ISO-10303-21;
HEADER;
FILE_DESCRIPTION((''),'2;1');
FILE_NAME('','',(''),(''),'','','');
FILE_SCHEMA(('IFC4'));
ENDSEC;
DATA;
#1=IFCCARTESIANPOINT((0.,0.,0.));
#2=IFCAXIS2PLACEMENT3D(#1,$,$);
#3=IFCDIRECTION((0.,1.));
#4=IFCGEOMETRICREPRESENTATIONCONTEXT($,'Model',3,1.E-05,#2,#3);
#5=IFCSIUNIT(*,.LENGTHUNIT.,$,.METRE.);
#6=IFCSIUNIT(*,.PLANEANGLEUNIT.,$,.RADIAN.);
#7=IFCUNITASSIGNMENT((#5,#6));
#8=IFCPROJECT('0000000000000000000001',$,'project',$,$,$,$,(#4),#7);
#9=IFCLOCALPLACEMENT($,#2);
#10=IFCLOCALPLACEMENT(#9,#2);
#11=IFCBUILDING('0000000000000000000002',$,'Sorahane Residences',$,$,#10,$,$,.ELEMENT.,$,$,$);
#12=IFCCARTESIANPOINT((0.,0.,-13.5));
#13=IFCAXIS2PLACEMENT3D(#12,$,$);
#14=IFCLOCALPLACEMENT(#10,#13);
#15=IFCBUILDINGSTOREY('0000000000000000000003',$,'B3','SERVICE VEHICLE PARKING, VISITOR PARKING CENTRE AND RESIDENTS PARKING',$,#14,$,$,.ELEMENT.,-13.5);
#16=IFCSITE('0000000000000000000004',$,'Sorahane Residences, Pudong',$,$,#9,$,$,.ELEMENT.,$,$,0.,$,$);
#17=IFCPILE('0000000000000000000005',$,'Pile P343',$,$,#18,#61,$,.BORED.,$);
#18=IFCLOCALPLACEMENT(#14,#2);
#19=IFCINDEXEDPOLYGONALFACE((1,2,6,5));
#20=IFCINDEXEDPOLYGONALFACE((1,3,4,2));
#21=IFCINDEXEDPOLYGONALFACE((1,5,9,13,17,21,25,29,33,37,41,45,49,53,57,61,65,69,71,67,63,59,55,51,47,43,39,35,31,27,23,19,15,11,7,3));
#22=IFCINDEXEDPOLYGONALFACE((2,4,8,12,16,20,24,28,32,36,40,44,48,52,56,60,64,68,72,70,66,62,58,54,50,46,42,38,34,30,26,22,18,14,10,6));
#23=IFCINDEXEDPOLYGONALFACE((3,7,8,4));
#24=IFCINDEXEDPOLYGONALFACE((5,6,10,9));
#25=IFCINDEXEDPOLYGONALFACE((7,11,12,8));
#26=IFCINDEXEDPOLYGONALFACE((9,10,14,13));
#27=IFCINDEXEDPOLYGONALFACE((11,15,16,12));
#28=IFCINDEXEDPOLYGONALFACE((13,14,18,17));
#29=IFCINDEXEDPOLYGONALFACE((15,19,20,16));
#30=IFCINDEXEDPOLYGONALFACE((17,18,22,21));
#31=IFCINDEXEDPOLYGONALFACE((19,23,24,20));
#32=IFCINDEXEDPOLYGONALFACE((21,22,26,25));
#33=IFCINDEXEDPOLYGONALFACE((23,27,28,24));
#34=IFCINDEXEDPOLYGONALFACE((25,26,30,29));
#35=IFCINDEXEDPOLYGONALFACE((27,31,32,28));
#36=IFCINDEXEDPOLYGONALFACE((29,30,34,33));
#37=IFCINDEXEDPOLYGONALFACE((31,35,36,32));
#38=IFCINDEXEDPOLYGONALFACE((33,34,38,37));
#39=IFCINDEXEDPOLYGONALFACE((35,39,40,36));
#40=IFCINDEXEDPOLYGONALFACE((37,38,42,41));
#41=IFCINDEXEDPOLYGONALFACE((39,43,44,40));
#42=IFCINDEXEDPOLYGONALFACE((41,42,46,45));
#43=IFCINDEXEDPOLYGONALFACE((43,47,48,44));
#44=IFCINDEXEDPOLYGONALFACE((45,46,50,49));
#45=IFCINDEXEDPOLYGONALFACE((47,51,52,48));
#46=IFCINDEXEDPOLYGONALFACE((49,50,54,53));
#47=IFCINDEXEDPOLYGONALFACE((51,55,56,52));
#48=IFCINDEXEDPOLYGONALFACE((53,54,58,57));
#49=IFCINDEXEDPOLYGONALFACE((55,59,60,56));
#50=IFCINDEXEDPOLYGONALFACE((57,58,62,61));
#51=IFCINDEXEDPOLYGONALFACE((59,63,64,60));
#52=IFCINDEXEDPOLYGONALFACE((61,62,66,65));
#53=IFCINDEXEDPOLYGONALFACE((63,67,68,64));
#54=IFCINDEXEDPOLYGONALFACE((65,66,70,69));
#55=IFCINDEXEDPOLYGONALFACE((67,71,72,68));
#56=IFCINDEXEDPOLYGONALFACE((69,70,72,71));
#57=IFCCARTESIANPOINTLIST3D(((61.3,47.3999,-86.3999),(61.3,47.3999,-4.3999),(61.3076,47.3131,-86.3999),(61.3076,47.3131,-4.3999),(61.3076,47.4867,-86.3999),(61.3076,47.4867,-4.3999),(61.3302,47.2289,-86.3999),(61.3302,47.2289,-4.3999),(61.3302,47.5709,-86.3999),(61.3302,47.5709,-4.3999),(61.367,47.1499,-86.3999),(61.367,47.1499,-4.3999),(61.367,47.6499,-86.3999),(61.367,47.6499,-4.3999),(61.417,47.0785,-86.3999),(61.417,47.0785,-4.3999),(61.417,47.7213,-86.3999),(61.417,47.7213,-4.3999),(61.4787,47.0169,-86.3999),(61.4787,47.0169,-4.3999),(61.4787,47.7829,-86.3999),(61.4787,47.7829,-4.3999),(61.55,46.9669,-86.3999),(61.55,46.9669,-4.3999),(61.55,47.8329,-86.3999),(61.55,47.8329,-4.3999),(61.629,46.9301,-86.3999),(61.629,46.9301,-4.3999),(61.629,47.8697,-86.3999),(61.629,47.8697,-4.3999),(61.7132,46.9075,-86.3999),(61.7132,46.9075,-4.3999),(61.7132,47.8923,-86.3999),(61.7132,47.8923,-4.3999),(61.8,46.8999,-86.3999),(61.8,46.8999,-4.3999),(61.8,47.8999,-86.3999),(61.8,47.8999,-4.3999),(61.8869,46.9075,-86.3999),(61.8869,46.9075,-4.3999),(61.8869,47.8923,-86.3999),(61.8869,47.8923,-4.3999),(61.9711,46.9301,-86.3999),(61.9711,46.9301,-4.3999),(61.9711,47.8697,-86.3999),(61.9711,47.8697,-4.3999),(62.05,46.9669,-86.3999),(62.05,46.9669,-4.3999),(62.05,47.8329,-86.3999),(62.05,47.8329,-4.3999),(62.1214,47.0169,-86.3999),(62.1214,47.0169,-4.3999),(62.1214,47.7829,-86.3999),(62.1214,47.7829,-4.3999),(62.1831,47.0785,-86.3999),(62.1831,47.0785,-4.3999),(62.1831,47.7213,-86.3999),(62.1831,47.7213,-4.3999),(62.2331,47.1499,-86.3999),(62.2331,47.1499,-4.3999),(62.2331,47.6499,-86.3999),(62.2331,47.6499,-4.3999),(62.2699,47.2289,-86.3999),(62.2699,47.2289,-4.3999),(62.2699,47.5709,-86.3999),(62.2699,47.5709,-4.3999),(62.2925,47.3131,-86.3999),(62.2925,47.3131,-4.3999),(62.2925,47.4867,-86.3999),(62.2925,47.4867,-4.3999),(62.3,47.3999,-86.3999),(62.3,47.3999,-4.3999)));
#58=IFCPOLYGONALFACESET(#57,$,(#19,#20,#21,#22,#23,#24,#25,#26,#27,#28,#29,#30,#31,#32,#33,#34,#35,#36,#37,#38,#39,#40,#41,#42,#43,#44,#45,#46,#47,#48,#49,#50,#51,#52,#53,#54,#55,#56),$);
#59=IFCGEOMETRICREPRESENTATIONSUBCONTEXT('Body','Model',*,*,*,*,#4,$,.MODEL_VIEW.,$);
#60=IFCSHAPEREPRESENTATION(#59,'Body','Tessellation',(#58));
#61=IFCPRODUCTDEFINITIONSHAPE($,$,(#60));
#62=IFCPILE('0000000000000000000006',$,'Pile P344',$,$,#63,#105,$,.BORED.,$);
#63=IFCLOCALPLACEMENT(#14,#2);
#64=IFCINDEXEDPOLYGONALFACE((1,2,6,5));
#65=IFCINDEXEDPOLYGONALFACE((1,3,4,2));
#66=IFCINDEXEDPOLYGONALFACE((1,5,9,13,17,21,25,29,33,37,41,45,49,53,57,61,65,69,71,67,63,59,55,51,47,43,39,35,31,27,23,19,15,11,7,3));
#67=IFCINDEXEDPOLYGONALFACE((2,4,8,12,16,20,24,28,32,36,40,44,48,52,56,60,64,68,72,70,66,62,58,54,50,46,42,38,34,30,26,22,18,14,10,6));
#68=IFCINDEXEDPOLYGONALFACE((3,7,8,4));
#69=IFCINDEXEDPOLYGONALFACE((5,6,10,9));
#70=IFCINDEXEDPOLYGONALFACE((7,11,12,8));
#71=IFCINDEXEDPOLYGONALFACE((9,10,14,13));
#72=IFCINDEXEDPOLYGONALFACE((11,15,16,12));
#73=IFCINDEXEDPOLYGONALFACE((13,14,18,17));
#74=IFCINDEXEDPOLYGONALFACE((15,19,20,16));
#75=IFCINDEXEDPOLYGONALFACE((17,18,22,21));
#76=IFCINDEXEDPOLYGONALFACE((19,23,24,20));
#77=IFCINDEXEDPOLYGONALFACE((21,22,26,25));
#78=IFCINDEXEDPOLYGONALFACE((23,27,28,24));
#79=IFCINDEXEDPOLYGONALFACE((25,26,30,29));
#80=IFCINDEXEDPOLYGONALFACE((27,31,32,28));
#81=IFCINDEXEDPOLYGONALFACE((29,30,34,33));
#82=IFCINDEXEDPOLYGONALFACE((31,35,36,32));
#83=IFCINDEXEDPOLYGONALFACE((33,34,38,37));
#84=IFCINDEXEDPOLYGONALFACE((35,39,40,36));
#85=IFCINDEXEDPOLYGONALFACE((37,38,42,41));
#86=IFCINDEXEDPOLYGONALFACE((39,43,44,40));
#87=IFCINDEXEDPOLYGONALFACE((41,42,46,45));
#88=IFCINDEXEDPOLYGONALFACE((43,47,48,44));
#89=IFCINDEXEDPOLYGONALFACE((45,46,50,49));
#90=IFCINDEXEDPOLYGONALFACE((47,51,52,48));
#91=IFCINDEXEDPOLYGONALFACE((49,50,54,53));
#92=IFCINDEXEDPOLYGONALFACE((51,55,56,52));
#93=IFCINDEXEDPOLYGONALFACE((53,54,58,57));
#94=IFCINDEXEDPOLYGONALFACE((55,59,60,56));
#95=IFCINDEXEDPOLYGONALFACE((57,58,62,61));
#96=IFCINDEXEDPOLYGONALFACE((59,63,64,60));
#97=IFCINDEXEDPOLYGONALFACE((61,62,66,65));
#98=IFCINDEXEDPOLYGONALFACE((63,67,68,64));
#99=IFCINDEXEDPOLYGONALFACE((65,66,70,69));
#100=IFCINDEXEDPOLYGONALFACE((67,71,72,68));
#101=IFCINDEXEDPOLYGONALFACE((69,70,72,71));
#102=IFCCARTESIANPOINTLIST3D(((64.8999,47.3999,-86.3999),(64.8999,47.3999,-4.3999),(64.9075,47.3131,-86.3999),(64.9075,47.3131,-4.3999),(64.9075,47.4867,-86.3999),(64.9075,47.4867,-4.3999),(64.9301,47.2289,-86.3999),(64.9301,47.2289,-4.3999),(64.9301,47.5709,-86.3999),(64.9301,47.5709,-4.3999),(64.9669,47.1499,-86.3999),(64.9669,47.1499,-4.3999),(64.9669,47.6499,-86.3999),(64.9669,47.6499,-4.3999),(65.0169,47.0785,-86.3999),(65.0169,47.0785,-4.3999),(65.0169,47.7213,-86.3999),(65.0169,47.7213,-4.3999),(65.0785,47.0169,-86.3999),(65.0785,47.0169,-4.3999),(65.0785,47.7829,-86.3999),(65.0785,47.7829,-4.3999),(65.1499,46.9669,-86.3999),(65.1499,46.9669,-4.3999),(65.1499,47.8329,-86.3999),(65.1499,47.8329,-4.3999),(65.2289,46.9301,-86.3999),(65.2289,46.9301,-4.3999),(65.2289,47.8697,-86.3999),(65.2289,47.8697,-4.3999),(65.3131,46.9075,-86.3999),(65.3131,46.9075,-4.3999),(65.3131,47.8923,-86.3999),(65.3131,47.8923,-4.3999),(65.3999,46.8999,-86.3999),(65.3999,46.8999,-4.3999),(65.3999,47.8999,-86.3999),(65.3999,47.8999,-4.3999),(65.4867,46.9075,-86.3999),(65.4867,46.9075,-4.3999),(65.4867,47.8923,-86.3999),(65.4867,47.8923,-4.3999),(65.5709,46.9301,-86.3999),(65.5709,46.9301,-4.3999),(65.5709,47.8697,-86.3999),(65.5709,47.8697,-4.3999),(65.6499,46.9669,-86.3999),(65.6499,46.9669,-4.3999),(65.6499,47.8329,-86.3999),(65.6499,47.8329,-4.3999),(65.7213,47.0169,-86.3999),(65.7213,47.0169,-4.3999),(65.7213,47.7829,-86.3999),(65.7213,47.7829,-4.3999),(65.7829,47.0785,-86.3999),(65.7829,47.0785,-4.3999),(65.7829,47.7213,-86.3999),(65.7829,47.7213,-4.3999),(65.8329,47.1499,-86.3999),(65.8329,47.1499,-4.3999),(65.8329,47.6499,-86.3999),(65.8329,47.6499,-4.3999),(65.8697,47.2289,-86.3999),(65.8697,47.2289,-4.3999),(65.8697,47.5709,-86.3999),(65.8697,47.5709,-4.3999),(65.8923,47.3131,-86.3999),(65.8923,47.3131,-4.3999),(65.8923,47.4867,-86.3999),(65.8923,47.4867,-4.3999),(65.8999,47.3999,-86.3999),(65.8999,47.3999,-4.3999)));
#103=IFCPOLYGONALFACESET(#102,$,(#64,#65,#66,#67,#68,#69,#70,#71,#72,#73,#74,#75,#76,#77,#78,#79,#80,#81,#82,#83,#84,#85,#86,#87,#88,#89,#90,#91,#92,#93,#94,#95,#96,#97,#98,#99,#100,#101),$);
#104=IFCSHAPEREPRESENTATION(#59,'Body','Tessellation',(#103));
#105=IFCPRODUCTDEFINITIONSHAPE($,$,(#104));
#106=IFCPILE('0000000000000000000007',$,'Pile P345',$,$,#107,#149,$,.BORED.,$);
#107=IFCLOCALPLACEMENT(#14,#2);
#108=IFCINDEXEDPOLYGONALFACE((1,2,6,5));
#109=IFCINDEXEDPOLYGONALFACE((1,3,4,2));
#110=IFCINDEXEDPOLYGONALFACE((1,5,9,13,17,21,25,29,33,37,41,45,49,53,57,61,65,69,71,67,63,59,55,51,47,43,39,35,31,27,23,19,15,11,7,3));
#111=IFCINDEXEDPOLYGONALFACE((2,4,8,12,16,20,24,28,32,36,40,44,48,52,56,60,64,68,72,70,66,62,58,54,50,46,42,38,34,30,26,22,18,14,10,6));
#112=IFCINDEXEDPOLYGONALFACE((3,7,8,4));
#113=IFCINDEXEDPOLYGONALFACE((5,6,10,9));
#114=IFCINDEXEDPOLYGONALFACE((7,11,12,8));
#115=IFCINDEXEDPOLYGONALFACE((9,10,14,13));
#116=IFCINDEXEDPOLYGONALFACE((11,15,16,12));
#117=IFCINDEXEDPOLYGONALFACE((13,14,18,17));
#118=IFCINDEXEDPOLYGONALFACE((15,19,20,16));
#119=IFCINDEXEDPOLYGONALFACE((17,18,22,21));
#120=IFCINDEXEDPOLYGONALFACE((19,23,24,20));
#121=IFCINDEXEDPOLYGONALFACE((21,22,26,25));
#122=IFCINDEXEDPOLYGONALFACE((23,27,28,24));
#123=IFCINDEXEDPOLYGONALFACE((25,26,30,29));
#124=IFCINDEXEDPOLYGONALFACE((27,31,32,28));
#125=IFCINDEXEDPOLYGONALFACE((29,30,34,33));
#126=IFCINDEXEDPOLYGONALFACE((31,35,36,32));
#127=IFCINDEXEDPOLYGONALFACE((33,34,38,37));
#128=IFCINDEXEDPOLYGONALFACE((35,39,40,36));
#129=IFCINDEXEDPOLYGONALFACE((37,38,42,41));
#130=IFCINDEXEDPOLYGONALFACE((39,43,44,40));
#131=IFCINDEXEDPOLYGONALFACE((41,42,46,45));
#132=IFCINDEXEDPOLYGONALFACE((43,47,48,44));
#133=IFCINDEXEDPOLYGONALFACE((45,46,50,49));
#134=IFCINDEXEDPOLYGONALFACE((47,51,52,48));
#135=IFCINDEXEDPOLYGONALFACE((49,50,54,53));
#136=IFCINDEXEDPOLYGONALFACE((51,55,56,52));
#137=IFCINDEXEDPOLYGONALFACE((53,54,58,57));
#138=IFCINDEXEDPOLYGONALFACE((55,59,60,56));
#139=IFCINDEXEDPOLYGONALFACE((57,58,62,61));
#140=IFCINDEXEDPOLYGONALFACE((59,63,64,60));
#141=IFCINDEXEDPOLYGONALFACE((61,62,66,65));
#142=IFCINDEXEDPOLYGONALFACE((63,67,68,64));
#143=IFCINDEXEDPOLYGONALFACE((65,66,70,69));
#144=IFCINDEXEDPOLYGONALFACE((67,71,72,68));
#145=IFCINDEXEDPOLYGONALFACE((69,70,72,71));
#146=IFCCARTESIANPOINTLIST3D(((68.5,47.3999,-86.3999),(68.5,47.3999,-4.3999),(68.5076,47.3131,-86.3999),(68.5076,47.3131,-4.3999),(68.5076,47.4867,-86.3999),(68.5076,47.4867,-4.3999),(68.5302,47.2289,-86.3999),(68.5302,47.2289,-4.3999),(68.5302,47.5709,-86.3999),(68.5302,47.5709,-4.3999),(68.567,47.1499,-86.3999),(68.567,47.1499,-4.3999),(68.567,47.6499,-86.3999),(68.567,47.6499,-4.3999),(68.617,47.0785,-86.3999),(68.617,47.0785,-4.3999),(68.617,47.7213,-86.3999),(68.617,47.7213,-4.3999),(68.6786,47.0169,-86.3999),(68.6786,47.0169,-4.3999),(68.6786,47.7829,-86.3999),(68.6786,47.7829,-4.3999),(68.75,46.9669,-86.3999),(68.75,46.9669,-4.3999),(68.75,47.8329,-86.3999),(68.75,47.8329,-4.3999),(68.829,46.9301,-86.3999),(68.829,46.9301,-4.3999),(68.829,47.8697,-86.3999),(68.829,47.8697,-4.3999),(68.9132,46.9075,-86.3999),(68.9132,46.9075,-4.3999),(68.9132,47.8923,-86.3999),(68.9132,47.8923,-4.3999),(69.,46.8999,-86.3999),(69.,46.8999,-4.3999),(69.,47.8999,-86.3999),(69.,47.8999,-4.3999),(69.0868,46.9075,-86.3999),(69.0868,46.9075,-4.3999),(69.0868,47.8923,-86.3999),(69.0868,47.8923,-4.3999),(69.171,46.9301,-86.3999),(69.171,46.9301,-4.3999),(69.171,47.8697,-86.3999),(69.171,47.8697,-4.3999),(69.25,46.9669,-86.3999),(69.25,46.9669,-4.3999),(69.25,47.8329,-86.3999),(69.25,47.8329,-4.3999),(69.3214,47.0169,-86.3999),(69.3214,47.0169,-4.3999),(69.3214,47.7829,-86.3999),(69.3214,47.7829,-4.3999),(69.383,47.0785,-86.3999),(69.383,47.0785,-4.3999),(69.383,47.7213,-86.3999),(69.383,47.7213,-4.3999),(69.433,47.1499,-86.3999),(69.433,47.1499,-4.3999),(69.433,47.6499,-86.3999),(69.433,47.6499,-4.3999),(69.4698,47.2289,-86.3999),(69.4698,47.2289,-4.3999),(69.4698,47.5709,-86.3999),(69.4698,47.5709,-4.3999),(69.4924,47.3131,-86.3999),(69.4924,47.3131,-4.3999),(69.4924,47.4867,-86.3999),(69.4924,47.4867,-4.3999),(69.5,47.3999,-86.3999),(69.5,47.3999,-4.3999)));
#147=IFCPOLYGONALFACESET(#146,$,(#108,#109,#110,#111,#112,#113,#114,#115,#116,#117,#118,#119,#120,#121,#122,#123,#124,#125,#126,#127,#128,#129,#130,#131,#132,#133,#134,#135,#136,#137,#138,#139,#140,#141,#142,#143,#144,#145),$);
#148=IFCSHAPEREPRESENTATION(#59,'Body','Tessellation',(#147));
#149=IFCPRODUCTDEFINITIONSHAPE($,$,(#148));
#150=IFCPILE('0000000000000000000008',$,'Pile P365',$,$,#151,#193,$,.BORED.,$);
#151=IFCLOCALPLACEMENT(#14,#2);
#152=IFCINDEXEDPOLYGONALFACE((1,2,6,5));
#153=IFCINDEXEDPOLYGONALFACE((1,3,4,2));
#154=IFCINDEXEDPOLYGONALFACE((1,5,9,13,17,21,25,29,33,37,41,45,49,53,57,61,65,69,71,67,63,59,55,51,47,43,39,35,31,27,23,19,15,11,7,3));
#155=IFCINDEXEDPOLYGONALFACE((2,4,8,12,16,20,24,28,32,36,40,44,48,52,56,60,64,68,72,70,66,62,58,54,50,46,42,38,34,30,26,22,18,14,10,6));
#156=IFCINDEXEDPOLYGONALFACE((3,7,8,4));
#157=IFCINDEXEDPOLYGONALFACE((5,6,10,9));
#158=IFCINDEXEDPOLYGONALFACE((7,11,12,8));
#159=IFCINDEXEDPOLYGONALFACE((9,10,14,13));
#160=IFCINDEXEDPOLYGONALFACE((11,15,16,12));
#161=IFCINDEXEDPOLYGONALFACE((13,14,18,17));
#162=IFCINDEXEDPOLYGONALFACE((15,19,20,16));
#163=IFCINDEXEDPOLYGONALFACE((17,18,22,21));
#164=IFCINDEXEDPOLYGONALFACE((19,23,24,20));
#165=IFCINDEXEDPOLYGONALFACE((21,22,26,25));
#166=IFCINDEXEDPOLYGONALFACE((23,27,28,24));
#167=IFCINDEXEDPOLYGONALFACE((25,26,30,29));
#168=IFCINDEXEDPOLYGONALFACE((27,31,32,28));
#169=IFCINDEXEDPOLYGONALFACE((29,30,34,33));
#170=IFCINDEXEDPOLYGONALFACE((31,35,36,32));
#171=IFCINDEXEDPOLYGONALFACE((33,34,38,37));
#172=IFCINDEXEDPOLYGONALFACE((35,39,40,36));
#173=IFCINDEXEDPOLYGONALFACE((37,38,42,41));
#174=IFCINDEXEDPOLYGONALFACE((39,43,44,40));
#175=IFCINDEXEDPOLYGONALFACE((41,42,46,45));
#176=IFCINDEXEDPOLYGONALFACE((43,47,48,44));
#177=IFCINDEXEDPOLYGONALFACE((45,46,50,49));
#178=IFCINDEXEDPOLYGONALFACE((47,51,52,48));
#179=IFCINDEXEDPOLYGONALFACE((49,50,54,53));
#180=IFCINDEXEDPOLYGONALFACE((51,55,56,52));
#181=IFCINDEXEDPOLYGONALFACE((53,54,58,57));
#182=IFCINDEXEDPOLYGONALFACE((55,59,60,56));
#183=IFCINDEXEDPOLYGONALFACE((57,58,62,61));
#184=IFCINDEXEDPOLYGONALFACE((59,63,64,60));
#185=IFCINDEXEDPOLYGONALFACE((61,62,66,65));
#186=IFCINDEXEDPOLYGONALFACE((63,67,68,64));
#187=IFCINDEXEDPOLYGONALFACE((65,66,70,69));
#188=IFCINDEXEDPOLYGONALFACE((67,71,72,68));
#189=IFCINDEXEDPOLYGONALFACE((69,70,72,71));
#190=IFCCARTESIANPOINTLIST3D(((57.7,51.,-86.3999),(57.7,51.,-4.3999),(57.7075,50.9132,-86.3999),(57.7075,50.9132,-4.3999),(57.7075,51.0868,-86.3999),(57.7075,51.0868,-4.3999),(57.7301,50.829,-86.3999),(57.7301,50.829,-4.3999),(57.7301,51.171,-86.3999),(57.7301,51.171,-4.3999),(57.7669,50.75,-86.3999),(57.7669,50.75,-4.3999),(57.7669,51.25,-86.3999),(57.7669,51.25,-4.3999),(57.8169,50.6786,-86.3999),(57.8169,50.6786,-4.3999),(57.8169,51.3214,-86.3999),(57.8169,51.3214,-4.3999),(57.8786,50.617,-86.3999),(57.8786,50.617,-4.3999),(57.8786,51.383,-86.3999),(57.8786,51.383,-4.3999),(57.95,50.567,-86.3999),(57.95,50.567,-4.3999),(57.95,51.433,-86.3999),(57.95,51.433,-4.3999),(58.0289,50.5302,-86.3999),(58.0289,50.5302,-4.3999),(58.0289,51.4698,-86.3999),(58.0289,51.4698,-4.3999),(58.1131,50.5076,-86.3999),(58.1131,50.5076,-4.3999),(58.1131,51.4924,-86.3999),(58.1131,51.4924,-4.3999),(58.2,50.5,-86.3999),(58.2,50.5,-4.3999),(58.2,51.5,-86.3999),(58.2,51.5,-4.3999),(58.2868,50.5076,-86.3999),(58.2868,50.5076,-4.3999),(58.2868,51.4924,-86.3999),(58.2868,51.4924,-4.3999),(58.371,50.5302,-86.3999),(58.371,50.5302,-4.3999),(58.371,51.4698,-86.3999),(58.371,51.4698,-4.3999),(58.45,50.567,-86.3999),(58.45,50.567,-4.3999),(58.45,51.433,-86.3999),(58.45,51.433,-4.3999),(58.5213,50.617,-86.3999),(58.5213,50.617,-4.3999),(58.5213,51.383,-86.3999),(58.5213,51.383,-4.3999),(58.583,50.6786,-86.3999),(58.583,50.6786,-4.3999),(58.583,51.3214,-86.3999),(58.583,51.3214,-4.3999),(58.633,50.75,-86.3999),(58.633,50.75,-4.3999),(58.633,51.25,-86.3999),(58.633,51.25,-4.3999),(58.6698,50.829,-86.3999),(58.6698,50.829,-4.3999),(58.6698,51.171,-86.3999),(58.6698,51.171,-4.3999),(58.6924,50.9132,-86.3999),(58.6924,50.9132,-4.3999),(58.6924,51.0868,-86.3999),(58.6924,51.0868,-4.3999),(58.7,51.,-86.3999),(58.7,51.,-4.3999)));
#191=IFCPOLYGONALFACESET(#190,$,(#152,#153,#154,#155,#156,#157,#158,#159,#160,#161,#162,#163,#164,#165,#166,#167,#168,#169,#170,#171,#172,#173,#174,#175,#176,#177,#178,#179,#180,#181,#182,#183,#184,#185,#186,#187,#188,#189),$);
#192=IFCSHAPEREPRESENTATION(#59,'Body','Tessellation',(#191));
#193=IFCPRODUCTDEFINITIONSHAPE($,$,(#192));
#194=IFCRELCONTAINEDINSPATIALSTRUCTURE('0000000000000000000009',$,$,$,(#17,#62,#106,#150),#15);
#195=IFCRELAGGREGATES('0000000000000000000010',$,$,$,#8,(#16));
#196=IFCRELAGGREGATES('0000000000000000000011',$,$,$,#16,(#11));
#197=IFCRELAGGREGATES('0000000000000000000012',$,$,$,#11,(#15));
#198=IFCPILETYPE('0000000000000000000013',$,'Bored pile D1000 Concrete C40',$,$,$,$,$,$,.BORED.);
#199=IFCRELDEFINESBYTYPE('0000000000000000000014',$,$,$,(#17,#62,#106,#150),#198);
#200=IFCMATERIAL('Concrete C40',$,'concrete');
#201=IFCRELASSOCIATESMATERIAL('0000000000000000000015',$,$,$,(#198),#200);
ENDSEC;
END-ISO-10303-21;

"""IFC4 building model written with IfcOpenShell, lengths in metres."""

from ifc_helpers import new_model, si_unit, direction, frame, origin, origin_2d, place, context, subcontext, project, spatial, circle, extrude, material, material_profile, profile_set, type_object, element, save


model = new_model("IFC4")

# Units and contexts
model_context = context("Model", 3, precision=1e-05, world=origin(), true_north=direction((0.0, 1.0)))
body_context = subcontext(model_context, "Body", "Model", "MODEL_VIEW")
ifc_project = project(units=[si_unit("LENGTHUNIT", "METRE"), si_unit("PLANEANGLEUNIT", "RADIAN")], contexts=[model_context])

# Site, building, storey
site_placement = place(None, origin())
site = spatial("IfcSite", under=ifc_project, at=site_placement, Name="Sorahane Residences, Pudong", CompositionType="ELEMENT", RefElevation=0.0)
building_placement = place(site_placement, origin())
building = spatial("IfcBuilding", under=site, at=building_placement, Name="Sorahane Residences", CompositionType="ELEMENT")
storey_placement = place(building_placement, frame((0.0, 0.0, -13.5)))
storey = spatial("IfcBuildingStorey", under=building, at=storey_placement, Name="B3", Description="SERVICE VEHICLE PARKING, VISITOR PARKING CENTRE AND RESIDENTS PARKING", CompositionType="ELEMENT", Elevation=-13.5)

# Piles
ifc_material_1 = material(Name="Concrete C40", Category="concrete")
ifc_material_profile_1 = material_profile(ifc_material_1, circle(Radius=0.5, at=origin_2d()), Name="D1000")
ifc_profile_set_1 = profile_set([ifc_material_profile_1], Name="Concrete C40")
pile_type = type_object("IfcPileType", Name="Bored pile D1000 Concrete C40", PredefinedType="BORED", material=ifc_profile_set_1)
for number, where, z_axis, x_axis, name in (
    (1, (61.8, 47.3999, -4.3999), (0.0, 0.0, -1.0), (1.0, 0.0, 0.0), "Pile P343"),
    (2, (65.3999, 47.3999, -4.3999), (0.0, 0.0, -1.0), (1.0, 0.0, 0.0), "Pile P344"),
    (3, (69.0, 47.3999, -4.3999), (0.0, 0.0, -1.0), (1.0, 0.0, 0.0), "Pile P345"),
    (4, (58.2, 51.0, -4.3999), (0.0, 0.0, -1.0), (1.0, 0.0, 0.0), "Pile P365"),
):
    element("IfcPile", number, at=place(storey_placement, frame(where, z_axis=z_axis, x_axis=x_axis)), inside=storey, type_object=pile_type, Name=name, PredefinedType="BORED", context=body_context, shape_type="SweptSolid", body=[
        extrude(circle(Radius=0.5, at=origin_2d()), origin(), (0.0, 0.0, 1.0), 82.0),
    ])

save(model, "model.ifc")
